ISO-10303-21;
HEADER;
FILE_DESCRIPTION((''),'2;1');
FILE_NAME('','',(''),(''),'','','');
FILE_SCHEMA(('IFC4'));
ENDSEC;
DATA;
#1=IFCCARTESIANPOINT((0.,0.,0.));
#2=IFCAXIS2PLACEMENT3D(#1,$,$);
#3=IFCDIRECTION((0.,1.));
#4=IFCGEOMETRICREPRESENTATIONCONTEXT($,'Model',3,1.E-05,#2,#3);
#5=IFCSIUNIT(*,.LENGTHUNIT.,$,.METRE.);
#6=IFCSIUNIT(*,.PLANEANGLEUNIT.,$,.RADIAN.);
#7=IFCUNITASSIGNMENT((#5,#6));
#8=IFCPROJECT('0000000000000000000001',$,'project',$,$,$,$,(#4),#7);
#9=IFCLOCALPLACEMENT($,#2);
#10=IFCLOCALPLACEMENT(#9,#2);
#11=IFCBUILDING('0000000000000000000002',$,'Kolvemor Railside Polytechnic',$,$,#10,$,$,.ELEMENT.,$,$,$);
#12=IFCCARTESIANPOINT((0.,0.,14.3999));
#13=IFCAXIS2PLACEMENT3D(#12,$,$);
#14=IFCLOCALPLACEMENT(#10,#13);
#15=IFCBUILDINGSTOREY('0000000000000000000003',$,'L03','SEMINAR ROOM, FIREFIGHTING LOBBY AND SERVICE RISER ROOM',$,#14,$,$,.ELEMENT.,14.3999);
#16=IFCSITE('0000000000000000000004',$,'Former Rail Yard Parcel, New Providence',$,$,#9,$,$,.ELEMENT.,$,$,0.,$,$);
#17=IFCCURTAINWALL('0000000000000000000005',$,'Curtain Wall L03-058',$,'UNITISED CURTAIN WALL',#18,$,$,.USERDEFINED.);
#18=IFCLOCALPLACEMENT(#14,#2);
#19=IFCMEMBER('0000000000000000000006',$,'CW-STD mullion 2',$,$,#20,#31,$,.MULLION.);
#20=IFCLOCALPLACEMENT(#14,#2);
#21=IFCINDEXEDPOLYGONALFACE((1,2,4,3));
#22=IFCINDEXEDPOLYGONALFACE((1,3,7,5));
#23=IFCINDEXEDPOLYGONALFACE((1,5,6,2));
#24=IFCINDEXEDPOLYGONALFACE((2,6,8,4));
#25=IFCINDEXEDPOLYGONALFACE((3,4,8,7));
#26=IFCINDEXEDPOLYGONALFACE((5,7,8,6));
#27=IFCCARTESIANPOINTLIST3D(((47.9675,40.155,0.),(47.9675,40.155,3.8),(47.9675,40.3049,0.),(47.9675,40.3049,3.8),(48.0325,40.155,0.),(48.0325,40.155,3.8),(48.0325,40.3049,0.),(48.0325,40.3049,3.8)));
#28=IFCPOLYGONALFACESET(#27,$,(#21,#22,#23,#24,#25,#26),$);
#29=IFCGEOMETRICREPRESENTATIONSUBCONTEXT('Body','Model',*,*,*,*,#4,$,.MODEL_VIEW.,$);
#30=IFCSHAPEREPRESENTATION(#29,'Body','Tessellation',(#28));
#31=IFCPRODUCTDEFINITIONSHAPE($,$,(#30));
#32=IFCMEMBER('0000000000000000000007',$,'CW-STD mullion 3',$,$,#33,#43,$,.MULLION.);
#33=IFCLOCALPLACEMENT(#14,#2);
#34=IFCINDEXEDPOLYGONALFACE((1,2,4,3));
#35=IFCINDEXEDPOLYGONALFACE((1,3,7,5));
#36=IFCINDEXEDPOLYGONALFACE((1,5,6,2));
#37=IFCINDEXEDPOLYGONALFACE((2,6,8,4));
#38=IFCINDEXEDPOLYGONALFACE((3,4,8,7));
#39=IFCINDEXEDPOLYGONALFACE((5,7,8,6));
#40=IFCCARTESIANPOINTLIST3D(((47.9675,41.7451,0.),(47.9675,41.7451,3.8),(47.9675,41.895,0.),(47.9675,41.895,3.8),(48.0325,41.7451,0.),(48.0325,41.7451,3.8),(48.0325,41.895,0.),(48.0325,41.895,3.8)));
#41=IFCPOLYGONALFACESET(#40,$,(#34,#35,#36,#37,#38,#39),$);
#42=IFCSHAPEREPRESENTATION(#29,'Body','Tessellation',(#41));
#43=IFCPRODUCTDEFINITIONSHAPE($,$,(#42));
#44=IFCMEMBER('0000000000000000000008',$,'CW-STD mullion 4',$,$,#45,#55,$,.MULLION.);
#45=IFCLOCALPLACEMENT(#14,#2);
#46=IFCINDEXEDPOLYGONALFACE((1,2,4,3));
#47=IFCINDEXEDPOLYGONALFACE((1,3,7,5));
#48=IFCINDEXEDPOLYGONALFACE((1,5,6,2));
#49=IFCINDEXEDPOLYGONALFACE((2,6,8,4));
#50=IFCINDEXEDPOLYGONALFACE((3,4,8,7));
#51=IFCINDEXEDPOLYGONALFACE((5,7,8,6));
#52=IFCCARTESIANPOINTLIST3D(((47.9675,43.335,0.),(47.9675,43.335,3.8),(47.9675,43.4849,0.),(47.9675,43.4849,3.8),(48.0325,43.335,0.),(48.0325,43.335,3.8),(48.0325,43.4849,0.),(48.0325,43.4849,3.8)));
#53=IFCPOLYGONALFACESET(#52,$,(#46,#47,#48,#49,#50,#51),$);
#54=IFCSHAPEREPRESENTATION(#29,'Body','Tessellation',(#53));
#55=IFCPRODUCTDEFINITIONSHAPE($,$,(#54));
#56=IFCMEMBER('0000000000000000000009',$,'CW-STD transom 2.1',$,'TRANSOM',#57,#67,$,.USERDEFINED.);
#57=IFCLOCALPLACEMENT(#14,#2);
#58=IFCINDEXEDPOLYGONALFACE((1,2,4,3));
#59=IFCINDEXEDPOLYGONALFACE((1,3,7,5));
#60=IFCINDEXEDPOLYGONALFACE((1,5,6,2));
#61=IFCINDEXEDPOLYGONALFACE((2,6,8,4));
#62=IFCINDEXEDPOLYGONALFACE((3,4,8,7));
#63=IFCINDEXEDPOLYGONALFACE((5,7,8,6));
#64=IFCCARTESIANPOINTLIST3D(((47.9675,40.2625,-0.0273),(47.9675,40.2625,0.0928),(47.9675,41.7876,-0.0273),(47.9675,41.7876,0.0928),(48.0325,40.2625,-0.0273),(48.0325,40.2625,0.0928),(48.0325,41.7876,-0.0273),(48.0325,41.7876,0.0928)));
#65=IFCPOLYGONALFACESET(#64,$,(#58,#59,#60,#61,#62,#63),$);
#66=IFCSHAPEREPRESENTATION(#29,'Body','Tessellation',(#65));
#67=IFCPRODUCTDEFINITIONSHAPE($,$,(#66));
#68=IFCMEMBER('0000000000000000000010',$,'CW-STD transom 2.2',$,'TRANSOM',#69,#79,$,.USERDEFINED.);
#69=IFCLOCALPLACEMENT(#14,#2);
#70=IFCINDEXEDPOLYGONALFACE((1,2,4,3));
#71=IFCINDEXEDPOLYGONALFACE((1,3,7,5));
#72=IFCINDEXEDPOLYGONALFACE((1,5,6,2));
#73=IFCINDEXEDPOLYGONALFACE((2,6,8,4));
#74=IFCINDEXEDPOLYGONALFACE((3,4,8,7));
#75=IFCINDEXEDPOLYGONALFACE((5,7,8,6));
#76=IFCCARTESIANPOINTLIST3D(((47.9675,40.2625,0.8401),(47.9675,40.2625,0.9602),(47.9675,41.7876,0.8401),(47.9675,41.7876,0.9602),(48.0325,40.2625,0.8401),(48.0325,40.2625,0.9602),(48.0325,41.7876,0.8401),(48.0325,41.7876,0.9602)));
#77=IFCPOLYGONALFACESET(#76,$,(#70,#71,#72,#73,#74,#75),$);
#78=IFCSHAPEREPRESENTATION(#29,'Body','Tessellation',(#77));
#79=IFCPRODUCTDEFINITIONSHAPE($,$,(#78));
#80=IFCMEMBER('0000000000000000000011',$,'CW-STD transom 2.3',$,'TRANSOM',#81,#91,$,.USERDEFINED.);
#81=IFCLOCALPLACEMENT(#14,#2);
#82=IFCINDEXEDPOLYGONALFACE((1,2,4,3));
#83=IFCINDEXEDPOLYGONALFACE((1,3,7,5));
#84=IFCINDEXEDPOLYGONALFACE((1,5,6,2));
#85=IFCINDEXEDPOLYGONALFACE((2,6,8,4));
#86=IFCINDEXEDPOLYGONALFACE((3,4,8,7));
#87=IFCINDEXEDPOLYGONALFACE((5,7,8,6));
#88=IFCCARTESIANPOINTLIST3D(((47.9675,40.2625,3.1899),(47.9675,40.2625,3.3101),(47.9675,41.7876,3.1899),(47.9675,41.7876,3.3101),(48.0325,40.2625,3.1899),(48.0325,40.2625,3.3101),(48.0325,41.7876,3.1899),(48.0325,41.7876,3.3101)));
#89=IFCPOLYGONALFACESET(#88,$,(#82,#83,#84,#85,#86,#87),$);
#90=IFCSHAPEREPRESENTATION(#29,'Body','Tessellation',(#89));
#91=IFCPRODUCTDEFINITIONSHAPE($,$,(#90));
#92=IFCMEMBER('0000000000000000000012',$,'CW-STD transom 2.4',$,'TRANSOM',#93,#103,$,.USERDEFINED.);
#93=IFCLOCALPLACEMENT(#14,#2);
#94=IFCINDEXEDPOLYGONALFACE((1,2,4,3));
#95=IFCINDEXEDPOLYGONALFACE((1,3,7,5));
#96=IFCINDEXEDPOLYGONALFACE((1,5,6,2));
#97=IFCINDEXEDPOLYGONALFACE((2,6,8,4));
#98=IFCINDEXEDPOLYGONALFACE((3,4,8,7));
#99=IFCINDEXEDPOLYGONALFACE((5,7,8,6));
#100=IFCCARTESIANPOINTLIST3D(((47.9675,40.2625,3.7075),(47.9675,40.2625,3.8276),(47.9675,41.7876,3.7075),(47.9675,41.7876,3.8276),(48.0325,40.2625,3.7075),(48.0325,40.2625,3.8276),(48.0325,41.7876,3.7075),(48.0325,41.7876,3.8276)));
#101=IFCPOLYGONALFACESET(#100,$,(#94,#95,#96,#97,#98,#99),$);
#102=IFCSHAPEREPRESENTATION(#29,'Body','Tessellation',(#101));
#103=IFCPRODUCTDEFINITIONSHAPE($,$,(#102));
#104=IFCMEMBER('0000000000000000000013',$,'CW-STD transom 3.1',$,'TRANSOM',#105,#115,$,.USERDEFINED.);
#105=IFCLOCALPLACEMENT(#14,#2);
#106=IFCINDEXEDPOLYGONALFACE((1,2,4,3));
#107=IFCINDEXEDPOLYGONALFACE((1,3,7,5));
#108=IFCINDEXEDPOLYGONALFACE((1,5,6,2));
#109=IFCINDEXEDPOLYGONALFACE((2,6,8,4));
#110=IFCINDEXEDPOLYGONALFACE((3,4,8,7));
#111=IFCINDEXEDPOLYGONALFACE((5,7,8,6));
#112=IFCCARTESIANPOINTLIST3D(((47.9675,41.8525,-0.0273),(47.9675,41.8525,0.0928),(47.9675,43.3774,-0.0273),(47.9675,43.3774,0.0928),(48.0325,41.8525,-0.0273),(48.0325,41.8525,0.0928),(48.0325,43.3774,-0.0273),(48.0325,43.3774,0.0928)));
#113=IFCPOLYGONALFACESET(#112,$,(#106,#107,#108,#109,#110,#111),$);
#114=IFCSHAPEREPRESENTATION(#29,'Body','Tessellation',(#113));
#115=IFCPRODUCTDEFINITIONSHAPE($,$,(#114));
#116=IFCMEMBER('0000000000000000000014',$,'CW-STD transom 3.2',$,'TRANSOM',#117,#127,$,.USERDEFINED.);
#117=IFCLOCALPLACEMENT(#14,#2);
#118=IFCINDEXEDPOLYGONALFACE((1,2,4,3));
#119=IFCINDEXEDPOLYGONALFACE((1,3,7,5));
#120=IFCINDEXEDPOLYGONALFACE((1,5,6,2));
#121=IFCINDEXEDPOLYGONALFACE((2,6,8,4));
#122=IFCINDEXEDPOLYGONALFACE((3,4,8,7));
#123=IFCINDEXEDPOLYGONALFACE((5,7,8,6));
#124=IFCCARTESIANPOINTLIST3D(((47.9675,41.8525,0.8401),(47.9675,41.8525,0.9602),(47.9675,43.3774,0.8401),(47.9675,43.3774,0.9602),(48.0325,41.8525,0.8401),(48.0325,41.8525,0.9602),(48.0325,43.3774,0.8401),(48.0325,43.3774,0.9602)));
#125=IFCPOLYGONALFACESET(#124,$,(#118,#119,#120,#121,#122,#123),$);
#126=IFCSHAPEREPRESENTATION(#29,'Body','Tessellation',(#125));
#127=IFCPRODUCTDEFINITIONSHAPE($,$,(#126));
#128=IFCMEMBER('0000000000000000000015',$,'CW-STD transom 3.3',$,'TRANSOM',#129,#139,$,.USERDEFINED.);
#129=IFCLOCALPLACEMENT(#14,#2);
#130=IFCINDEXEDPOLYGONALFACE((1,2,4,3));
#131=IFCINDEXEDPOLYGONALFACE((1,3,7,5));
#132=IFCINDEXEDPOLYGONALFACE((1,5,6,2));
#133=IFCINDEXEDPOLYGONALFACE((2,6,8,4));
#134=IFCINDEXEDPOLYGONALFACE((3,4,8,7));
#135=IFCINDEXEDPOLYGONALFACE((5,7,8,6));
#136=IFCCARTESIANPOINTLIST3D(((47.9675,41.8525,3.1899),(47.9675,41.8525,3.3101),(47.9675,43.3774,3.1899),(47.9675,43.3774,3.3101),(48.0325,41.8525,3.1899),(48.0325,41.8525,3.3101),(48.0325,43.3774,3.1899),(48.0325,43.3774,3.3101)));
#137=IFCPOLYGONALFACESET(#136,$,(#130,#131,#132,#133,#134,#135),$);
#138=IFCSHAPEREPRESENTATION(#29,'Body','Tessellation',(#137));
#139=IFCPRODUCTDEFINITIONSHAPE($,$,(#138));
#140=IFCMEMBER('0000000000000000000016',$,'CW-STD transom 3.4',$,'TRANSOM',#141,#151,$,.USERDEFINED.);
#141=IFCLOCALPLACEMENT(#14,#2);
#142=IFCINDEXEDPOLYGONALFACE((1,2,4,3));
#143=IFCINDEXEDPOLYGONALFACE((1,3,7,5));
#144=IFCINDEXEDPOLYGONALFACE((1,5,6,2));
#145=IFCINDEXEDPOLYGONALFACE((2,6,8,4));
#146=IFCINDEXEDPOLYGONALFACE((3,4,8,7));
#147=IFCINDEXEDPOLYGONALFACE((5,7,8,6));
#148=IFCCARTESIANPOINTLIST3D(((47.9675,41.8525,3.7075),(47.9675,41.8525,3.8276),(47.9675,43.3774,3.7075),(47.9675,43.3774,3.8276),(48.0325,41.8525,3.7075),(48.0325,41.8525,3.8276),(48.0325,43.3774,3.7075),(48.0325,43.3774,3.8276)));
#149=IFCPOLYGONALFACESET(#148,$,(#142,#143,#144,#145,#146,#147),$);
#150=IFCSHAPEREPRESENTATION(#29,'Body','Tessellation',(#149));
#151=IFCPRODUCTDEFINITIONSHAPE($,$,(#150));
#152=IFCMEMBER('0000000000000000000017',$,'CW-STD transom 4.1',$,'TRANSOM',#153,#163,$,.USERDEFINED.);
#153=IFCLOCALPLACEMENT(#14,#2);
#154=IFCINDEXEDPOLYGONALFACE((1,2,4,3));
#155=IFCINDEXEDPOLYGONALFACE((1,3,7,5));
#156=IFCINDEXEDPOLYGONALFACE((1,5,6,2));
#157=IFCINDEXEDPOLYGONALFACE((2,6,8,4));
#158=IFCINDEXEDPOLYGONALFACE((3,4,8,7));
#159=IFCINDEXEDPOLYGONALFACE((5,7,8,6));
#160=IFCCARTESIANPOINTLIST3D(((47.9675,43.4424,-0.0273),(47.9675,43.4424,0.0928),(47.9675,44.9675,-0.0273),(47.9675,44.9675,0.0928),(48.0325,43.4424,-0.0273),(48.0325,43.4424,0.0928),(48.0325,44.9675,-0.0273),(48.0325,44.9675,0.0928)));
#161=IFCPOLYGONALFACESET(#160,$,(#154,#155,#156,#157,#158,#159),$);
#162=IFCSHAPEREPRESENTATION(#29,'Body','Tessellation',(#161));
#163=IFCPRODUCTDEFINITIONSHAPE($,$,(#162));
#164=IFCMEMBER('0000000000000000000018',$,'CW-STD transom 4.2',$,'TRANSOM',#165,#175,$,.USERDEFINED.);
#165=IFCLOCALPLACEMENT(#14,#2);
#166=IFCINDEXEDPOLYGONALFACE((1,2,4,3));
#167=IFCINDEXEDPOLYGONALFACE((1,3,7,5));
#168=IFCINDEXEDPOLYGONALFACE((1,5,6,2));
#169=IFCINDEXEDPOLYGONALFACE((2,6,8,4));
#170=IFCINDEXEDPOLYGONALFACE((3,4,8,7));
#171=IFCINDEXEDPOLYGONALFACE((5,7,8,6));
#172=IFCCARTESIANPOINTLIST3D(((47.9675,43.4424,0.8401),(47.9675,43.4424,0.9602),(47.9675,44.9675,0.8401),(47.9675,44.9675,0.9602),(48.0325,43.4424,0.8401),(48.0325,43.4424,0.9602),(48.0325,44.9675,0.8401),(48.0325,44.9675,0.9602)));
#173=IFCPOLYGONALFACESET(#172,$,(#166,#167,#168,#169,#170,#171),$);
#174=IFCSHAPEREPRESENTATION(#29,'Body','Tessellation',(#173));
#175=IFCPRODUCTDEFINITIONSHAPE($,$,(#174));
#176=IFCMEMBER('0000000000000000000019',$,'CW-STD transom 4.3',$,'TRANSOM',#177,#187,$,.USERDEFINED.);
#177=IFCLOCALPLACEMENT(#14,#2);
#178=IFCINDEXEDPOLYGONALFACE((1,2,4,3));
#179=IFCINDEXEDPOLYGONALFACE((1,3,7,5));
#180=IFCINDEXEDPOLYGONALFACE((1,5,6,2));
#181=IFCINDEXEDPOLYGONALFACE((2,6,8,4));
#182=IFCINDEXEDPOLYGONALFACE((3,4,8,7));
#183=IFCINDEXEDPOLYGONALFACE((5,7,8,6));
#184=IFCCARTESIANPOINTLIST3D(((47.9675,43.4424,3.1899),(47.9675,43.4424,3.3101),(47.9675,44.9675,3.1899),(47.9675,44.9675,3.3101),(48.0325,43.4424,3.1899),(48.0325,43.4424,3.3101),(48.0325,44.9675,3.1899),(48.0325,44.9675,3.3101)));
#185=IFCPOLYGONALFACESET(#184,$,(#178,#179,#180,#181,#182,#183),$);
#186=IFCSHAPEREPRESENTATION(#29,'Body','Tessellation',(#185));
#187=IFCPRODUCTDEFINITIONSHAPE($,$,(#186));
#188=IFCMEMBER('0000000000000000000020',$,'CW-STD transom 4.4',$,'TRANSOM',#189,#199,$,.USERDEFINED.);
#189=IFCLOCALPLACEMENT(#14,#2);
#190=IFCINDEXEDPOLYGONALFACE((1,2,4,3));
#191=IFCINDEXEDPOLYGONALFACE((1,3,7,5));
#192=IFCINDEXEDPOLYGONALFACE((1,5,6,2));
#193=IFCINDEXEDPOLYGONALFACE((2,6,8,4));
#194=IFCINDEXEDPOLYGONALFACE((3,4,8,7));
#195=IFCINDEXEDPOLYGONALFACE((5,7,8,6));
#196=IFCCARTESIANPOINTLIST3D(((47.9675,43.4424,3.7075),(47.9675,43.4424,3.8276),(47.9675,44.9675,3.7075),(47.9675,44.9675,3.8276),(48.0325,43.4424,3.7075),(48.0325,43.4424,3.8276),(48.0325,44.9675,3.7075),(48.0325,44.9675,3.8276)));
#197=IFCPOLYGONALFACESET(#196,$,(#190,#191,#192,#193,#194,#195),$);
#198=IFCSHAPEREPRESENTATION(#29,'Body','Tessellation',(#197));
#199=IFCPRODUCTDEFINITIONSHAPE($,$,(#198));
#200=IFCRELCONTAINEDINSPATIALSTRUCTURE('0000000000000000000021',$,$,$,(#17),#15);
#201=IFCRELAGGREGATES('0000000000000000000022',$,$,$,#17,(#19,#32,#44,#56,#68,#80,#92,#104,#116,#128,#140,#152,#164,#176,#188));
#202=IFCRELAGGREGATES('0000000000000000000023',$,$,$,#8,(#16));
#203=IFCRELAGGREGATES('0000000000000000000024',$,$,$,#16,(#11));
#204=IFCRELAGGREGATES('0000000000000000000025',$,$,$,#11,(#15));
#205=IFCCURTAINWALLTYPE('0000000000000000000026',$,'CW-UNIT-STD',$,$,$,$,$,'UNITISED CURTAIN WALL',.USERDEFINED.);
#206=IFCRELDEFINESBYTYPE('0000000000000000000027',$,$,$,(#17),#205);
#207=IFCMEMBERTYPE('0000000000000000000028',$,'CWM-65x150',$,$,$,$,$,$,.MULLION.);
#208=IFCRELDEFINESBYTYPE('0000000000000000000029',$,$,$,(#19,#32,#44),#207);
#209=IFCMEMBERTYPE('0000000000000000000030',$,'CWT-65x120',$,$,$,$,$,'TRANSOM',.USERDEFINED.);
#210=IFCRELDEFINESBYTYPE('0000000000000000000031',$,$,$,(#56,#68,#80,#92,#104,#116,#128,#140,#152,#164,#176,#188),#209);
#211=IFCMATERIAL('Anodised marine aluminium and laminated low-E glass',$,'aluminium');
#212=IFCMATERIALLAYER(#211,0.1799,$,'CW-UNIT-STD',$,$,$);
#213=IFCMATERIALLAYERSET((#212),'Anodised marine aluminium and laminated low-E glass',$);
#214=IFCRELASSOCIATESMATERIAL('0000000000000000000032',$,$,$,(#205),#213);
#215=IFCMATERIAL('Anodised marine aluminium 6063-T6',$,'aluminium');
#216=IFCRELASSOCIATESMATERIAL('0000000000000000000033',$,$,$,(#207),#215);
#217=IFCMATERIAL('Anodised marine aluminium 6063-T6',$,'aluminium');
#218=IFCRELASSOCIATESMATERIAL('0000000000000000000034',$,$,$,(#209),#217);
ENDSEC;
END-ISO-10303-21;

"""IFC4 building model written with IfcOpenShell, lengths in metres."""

from ifc_helpers import new_model, si_unit, direction, frame, origin, origin_2d, place, context, subcontext, project, spatial, rectangle, extrude, material, layer, layer_set, material_profile, profile_set, type_object, element, aggregate, save


model = new_model("IFC4")

# Units and contexts
model_context = context("Model", 3, precision=1e-05, world=origin(), true_north=direction((0.0, 1.0)))
body_context = subcontext(model_context, "Body", "Model", "MODEL_VIEW")
ifc_project = project(units=[si_unit("LENGTHUNIT", "METRE"), si_unit("PLANEANGLEUNIT", "RADIAN")], contexts=[model_context])

# Site, building, storey
site_placement = place(None, origin())
site = spatial("IfcSite", under=ifc_project, at=site_placement, Name="Former Rail Yard Parcel, New Providence", CompositionType="ELEMENT", RefElevation=0.0)
building_placement = place(site_placement, origin())
building = spatial("IfcBuilding", under=site, at=building_placement, Name="Kolvemor Railside Polytechnic", CompositionType="ELEMENT")
storey_placement = place(building_placement, frame((0.0, 0.0, 14.3999)))
storey = spatial("IfcBuildingStorey", under=building, at=storey_placement, Name="L03", Description="SEMINAR ROOM, FIREFIGHTING LOBBY AND SERVICE RISER ROOM", CompositionType="ELEMENT", Elevation=14.3999)

# Curtain wall, members
ifc_material_1 = material(Name="Anodised marine aluminium and laminated low-E glass", Category="aluminium")
ifc_layer_1 = layer(ifc_material_1, 0.1799, Name="CW-UNIT-STD")
ifc_layer_set_1 = layer_set([ifc_layer_1], Name="Anodised marine aluminium and laminated low-E glass")
curtain_wall_type = type_object("IfcCurtainWallType", Name="CW-UNIT-STD", ElementType="UNITISED CURTAIN WALL", PredefinedType="USERDEFINED", material=ifc_layer_set_1)
curtain_wall_placement = place(storey_placement, origin())
curtain_wall = element("IfcCurtainWall", 1, at=curtain_wall_placement, inside=storey, type_object=curtain_wall_type, Name="Curtain Wall L03-058", ObjectType="UNITISED CURTAIN WALL", PredefinedType="USERDEFINED")
ifc_material_2 = material(Name="Anodised marine aluminium 6063-T6", Category="aluminium")
ifc_material_profile_1 = material_profile(ifc_material_2, rectangle(XDim=0.0649, YDim=0.1499, at=origin_2d()), Name="CW-MUL-65x150")
ifc_profile_set_1 = profile_set([ifc_material_profile_1], Name="Anodised marine aluminium 6063-T6")
member_type_1 = type_object("IfcMemberType", Name="CWM-65x150", PredefinedType="MULLION", material=ifc_profile_set_1)
member_1_placement = place(storey_placement, frame((48.0, 40.23, 0.0), z_axis=(0.0, 0.0, 1.0), x_axis=(-1.0, 0.0, 0.0)))
member_1 = element("IfcMember", 2, at=member_1_placement, type_object=member_type_1, Name="CW-STD mullion 2", PredefinedType="MULLION", context=body_context, shape_type="SweptSolid", body=[
    extrude(rectangle(XDim=0.0649, YDim=0.1499, at=origin_2d()), origin(), (0.0, 0.0, 1.0), 3.8),
])
member_2_placement = place(storey_placement, frame((48.0, 41.8201, 0.0), z_axis=(0.0, 0.0, 1.0), x_axis=(-1.0, 0.0, 0.0)))
member_2 = element("IfcMember", 3, at=member_2_placement, type_object=member_type_1, Name="CW-STD mullion 3", PredefinedType="MULLION", context=body_context, shape_type="SweptSolid", body=[
    extrude(rectangle(XDim=0.0649, YDim=0.1499, at=origin_2d()), origin(), (0.0, 0.0, 1.0), 3.8),
])
member_3_placement = place(storey_placement, frame((48.0, 43.4099, 0.0), z_axis=(0.0, 0.0, 1.0), x_axis=(-1.0, 0.0, 0.0)))
member_3 = element("IfcMember", 4, at=member_3_placement, type_object=member_type_1, Name="CW-STD mullion 4", PredefinedType="MULLION", context=body_context, shape_type="SweptSolid", body=[
    extrude(rectangle(XDim=0.0649, YDim=0.1499, at=origin_2d()), origin(), (0.0, 0.0, 1.0), 3.8),
])
ifc_material_3 = material(Name="Anodised marine aluminium 6063-T6", Category="aluminium")
ifc_material_profile_2 = material_profile(ifc_material_3, rectangle(XDim=0.0649, YDim=0.1201, at=origin_2d()), Name="CW-TRN-65x120")
ifc_profile_set_2 = profile_set([ifc_material_profile_2], Name="Anodised marine aluminium 6063-T6")
member_type_2 = type_object("IfcMemberType", Name="CWT-65x120", ElementType="TRANSOM", PredefinedType="USERDEFINED", material=ifc_profile_set_2)
member_4_placement = place(storey_placement, frame((48.0, 40.2625, 0.0327), z_axis=(0.0, 1.0, 0.0), x_axis=(-1.0, 0.0, 0.0)))
member_4 = element("IfcMember", 5, at=member_4_placement, type_object=member_type_2, Name="CW-STD transom 2.1", ObjectType="TRANSOM", PredefinedType="USERDEFINED", context=body_context, shape_type="SweptSolid", body=[
    extrude(rectangle(XDim=0.0649, YDim=0.1201, at=origin_2d()), origin(), (0.0, 0.0, 1.0), 1.5251),
])
member_5_placement = place(storey_placement, frame((48.0, 40.2625, 0.9001), z_axis=(0.0, 1.0, 0.0), x_axis=(-1.0, 0.0, 0.0)))
member_5 = element("IfcMember", 6, at=member_5_placement, type_object=member_type_2, Name="CW-STD transom 2.2", ObjectType="TRANSOM", PredefinedType="USERDEFINED", context=body_context, shape_type="SweptSolid", body=[
    extrude(rectangle(XDim=0.0649, YDim=0.1201, at=origin_2d()), origin(), (0.0, 0.0, 1.0), 1.5251),
])
member_6_placement = place(storey_placement, frame((48.0, 40.2625, 3.25), z_axis=(0.0, 1.0, 0.0), x_axis=(-1.0, 0.0, 0.0)))
member_6 = element("IfcMember", 7, at=member_6_placement, type_object=member_type_2, Name="CW-STD transom 2.3", ObjectType="TRANSOM", PredefinedType="USERDEFINED", context=body_context, shape_type="SweptSolid", body=[
    extrude(rectangle(XDim=0.0649, YDim=0.1201, at=origin_2d()), origin(), (0.0, 0.0, 1.0), 1.5251),
])
member_7_placement = place(storey_placement, frame((48.0, 40.2625, 3.7676), z_axis=(0.0, 1.0, 0.0), x_axis=(-1.0, 0.0, 0.0)))
member_7 = element("IfcMember", 8, at=member_7_placement, type_object=member_type_2, Name="CW-STD transom 2.4", ObjectType="TRANSOM", PredefinedType="USERDEFINED", context=body_context, shape_type="SweptSolid", body=[
    extrude(rectangle(XDim=0.0649, YDim=0.1201, at=origin_2d()), origin(), (0.0, 0.0, 1.0), 1.5251),
])
member_8_placement = place(storey_placement, frame((48.0, 41.8525, 0.0327), z_axis=(0.0, 1.0, 0.0), x_axis=(-1.0, 0.0, 0.0)))
member_8 = element("IfcMember", 9, at=member_8_placement, type_object=member_type_2, Name="CW-STD transom 3.1", ObjectType="TRANSOM", PredefinedType="USERDEFINED", context=body_context, shape_type="SweptSolid", body=[
    extrude(rectangle(XDim=0.0649, YDim=0.1201, at=origin_2d()), origin(), (0.0, 0.0, 1.0), 1.5249),
])
member_9_placement = place(storey_placement, frame((48.0, 41.8525, 0.9001), z_axis=(0.0, 1.0, 0.0), x_axis=(-1.0, 0.0, 0.0)))
member_9 = element("IfcMember", 10, at=member_9_placement, type_object=member_type_2, Name="CW-STD transom 3.2", ObjectType="TRANSOM", PredefinedType="USERDEFINED", context=body_context, shape_type="SweptSolid", body=[
    extrude(rectangle(XDim=0.0649, YDim=0.1201, at=origin_2d()), origin(), (0.0, 0.0, 1.0), 1.5249),
])
member_10_placement = place(storey_placement, frame((48.0, 41.8525, 3.25), z_axis=(0.0, 1.0, 0.0), x_axis=(-1.0, 0.0, 0.0)))
member_10 = element("IfcMember", 11, at=member_10_placement, type_object=member_type_2, Name="CW-STD transom 3.3", ObjectType="TRANSOM", PredefinedType="USERDEFINED", context=body_context, shape_type="SweptSolid", body=[
    extrude(rectangle(XDim=0.0649, YDim=0.1201, at=origin_2d()), origin(), (0.0, 0.0, 1.0), 1.5249),
])
member_11_placement = place(storey_placement, frame((48.0, 41.8525, 3.7676), z_axis=(0.0, 1.0, 0.0), x_axis=(-1.0, 0.0, 0.0)))
member_11 = element("IfcMember", 12, at=member_11_placement, type_object=member_type_2, Name="CW-STD transom 3.4", ObjectType="TRANSOM", PredefinedType="USERDEFINED", context=body_context, shape_type="SweptSolid", body=[
    extrude(rectangle(XDim=0.0649, YDim=0.1201, at=origin_2d()), origin(), (0.0, 0.0, 1.0), 1.5249),
])
member_12_placement = place(storey_placement, frame((48.0, 43.4424, 0.0327), z_axis=(0.0, 1.0, 0.0), x_axis=(-1.0, 0.0, 0.0)))
member_12 = element("IfcMember", 13, at=member_12_placement, type_object=member_type_2, Name="CW-STD transom 4.1", ObjectType="TRANSOM", PredefinedType="USERDEFINED", context=body_context, shape_type="SweptSolid", body=[
    extrude(rectangle(XDim=0.0649, YDim=0.1201, at=origin_2d()), origin(), (0.0, 0.0, 1.0), 1.5251),
])
member_13_placement = place(storey_placement, frame((48.0, 43.4424, 0.9001), z_axis=(0.0, 1.0, 0.0), x_axis=(-1.0, 0.0, 0.0)))
member_13 = element("IfcMember", 14, at=member_13_placement, type_object=member_type_2, Name="CW-STD transom 4.2", ObjectType="TRANSOM", PredefinedType="USERDEFINED", context=body_context, shape_type="SweptSolid", body=[
    extrude(rectangle(XDim=0.0649, YDim=0.1201, at=origin_2d()), origin(), (0.0, 0.0, 1.0), 1.5251),
])
member_14_placement = place(storey_placement, frame((48.0, 43.4424, 3.25), z_axis=(0.0, 1.0, 0.0), x_axis=(-1.0, 0.0, 0.0)))
member_14 = element("IfcMember", 15, at=member_14_placement, type_object=member_type_2, Name="CW-STD transom 4.3", ObjectType="TRANSOM", PredefinedType="USERDEFINED", context=body_context, shape_type="SweptSolid", body=[
    extrude(rectangle(XDim=0.0649, YDim=0.1201, at=origin_2d()), origin(), (0.0, 0.0, 1.0), 1.5251),
])
member_15_placement = place(storey_placement, frame((48.0, 43.4424, 3.7676), z_axis=(0.0, 1.0, 0.0), x_axis=(-1.0, 0.0, 0.0)))
member_15 = element("IfcMember", 16, at=member_15_placement, type_object=member_type_2, Name="CW-STD transom 4.4", ObjectType="TRANSOM", PredefinedType="USERDEFINED", context=body_context, shape_type="SweptSolid", body=[
    extrude(rectangle(XDim=0.0649, YDim=0.1201, at=origin_2d()), origin(), (0.0, 0.0, 1.0), 1.5251),
])
aggregate(curtain_wall, [member_1, member_2, member_3, member_4, member_5, member_6, member_7, member_8, member_9, member_10, member_11, member_12, member_13, member_14, member_15])

save(model, "model.ifc")
